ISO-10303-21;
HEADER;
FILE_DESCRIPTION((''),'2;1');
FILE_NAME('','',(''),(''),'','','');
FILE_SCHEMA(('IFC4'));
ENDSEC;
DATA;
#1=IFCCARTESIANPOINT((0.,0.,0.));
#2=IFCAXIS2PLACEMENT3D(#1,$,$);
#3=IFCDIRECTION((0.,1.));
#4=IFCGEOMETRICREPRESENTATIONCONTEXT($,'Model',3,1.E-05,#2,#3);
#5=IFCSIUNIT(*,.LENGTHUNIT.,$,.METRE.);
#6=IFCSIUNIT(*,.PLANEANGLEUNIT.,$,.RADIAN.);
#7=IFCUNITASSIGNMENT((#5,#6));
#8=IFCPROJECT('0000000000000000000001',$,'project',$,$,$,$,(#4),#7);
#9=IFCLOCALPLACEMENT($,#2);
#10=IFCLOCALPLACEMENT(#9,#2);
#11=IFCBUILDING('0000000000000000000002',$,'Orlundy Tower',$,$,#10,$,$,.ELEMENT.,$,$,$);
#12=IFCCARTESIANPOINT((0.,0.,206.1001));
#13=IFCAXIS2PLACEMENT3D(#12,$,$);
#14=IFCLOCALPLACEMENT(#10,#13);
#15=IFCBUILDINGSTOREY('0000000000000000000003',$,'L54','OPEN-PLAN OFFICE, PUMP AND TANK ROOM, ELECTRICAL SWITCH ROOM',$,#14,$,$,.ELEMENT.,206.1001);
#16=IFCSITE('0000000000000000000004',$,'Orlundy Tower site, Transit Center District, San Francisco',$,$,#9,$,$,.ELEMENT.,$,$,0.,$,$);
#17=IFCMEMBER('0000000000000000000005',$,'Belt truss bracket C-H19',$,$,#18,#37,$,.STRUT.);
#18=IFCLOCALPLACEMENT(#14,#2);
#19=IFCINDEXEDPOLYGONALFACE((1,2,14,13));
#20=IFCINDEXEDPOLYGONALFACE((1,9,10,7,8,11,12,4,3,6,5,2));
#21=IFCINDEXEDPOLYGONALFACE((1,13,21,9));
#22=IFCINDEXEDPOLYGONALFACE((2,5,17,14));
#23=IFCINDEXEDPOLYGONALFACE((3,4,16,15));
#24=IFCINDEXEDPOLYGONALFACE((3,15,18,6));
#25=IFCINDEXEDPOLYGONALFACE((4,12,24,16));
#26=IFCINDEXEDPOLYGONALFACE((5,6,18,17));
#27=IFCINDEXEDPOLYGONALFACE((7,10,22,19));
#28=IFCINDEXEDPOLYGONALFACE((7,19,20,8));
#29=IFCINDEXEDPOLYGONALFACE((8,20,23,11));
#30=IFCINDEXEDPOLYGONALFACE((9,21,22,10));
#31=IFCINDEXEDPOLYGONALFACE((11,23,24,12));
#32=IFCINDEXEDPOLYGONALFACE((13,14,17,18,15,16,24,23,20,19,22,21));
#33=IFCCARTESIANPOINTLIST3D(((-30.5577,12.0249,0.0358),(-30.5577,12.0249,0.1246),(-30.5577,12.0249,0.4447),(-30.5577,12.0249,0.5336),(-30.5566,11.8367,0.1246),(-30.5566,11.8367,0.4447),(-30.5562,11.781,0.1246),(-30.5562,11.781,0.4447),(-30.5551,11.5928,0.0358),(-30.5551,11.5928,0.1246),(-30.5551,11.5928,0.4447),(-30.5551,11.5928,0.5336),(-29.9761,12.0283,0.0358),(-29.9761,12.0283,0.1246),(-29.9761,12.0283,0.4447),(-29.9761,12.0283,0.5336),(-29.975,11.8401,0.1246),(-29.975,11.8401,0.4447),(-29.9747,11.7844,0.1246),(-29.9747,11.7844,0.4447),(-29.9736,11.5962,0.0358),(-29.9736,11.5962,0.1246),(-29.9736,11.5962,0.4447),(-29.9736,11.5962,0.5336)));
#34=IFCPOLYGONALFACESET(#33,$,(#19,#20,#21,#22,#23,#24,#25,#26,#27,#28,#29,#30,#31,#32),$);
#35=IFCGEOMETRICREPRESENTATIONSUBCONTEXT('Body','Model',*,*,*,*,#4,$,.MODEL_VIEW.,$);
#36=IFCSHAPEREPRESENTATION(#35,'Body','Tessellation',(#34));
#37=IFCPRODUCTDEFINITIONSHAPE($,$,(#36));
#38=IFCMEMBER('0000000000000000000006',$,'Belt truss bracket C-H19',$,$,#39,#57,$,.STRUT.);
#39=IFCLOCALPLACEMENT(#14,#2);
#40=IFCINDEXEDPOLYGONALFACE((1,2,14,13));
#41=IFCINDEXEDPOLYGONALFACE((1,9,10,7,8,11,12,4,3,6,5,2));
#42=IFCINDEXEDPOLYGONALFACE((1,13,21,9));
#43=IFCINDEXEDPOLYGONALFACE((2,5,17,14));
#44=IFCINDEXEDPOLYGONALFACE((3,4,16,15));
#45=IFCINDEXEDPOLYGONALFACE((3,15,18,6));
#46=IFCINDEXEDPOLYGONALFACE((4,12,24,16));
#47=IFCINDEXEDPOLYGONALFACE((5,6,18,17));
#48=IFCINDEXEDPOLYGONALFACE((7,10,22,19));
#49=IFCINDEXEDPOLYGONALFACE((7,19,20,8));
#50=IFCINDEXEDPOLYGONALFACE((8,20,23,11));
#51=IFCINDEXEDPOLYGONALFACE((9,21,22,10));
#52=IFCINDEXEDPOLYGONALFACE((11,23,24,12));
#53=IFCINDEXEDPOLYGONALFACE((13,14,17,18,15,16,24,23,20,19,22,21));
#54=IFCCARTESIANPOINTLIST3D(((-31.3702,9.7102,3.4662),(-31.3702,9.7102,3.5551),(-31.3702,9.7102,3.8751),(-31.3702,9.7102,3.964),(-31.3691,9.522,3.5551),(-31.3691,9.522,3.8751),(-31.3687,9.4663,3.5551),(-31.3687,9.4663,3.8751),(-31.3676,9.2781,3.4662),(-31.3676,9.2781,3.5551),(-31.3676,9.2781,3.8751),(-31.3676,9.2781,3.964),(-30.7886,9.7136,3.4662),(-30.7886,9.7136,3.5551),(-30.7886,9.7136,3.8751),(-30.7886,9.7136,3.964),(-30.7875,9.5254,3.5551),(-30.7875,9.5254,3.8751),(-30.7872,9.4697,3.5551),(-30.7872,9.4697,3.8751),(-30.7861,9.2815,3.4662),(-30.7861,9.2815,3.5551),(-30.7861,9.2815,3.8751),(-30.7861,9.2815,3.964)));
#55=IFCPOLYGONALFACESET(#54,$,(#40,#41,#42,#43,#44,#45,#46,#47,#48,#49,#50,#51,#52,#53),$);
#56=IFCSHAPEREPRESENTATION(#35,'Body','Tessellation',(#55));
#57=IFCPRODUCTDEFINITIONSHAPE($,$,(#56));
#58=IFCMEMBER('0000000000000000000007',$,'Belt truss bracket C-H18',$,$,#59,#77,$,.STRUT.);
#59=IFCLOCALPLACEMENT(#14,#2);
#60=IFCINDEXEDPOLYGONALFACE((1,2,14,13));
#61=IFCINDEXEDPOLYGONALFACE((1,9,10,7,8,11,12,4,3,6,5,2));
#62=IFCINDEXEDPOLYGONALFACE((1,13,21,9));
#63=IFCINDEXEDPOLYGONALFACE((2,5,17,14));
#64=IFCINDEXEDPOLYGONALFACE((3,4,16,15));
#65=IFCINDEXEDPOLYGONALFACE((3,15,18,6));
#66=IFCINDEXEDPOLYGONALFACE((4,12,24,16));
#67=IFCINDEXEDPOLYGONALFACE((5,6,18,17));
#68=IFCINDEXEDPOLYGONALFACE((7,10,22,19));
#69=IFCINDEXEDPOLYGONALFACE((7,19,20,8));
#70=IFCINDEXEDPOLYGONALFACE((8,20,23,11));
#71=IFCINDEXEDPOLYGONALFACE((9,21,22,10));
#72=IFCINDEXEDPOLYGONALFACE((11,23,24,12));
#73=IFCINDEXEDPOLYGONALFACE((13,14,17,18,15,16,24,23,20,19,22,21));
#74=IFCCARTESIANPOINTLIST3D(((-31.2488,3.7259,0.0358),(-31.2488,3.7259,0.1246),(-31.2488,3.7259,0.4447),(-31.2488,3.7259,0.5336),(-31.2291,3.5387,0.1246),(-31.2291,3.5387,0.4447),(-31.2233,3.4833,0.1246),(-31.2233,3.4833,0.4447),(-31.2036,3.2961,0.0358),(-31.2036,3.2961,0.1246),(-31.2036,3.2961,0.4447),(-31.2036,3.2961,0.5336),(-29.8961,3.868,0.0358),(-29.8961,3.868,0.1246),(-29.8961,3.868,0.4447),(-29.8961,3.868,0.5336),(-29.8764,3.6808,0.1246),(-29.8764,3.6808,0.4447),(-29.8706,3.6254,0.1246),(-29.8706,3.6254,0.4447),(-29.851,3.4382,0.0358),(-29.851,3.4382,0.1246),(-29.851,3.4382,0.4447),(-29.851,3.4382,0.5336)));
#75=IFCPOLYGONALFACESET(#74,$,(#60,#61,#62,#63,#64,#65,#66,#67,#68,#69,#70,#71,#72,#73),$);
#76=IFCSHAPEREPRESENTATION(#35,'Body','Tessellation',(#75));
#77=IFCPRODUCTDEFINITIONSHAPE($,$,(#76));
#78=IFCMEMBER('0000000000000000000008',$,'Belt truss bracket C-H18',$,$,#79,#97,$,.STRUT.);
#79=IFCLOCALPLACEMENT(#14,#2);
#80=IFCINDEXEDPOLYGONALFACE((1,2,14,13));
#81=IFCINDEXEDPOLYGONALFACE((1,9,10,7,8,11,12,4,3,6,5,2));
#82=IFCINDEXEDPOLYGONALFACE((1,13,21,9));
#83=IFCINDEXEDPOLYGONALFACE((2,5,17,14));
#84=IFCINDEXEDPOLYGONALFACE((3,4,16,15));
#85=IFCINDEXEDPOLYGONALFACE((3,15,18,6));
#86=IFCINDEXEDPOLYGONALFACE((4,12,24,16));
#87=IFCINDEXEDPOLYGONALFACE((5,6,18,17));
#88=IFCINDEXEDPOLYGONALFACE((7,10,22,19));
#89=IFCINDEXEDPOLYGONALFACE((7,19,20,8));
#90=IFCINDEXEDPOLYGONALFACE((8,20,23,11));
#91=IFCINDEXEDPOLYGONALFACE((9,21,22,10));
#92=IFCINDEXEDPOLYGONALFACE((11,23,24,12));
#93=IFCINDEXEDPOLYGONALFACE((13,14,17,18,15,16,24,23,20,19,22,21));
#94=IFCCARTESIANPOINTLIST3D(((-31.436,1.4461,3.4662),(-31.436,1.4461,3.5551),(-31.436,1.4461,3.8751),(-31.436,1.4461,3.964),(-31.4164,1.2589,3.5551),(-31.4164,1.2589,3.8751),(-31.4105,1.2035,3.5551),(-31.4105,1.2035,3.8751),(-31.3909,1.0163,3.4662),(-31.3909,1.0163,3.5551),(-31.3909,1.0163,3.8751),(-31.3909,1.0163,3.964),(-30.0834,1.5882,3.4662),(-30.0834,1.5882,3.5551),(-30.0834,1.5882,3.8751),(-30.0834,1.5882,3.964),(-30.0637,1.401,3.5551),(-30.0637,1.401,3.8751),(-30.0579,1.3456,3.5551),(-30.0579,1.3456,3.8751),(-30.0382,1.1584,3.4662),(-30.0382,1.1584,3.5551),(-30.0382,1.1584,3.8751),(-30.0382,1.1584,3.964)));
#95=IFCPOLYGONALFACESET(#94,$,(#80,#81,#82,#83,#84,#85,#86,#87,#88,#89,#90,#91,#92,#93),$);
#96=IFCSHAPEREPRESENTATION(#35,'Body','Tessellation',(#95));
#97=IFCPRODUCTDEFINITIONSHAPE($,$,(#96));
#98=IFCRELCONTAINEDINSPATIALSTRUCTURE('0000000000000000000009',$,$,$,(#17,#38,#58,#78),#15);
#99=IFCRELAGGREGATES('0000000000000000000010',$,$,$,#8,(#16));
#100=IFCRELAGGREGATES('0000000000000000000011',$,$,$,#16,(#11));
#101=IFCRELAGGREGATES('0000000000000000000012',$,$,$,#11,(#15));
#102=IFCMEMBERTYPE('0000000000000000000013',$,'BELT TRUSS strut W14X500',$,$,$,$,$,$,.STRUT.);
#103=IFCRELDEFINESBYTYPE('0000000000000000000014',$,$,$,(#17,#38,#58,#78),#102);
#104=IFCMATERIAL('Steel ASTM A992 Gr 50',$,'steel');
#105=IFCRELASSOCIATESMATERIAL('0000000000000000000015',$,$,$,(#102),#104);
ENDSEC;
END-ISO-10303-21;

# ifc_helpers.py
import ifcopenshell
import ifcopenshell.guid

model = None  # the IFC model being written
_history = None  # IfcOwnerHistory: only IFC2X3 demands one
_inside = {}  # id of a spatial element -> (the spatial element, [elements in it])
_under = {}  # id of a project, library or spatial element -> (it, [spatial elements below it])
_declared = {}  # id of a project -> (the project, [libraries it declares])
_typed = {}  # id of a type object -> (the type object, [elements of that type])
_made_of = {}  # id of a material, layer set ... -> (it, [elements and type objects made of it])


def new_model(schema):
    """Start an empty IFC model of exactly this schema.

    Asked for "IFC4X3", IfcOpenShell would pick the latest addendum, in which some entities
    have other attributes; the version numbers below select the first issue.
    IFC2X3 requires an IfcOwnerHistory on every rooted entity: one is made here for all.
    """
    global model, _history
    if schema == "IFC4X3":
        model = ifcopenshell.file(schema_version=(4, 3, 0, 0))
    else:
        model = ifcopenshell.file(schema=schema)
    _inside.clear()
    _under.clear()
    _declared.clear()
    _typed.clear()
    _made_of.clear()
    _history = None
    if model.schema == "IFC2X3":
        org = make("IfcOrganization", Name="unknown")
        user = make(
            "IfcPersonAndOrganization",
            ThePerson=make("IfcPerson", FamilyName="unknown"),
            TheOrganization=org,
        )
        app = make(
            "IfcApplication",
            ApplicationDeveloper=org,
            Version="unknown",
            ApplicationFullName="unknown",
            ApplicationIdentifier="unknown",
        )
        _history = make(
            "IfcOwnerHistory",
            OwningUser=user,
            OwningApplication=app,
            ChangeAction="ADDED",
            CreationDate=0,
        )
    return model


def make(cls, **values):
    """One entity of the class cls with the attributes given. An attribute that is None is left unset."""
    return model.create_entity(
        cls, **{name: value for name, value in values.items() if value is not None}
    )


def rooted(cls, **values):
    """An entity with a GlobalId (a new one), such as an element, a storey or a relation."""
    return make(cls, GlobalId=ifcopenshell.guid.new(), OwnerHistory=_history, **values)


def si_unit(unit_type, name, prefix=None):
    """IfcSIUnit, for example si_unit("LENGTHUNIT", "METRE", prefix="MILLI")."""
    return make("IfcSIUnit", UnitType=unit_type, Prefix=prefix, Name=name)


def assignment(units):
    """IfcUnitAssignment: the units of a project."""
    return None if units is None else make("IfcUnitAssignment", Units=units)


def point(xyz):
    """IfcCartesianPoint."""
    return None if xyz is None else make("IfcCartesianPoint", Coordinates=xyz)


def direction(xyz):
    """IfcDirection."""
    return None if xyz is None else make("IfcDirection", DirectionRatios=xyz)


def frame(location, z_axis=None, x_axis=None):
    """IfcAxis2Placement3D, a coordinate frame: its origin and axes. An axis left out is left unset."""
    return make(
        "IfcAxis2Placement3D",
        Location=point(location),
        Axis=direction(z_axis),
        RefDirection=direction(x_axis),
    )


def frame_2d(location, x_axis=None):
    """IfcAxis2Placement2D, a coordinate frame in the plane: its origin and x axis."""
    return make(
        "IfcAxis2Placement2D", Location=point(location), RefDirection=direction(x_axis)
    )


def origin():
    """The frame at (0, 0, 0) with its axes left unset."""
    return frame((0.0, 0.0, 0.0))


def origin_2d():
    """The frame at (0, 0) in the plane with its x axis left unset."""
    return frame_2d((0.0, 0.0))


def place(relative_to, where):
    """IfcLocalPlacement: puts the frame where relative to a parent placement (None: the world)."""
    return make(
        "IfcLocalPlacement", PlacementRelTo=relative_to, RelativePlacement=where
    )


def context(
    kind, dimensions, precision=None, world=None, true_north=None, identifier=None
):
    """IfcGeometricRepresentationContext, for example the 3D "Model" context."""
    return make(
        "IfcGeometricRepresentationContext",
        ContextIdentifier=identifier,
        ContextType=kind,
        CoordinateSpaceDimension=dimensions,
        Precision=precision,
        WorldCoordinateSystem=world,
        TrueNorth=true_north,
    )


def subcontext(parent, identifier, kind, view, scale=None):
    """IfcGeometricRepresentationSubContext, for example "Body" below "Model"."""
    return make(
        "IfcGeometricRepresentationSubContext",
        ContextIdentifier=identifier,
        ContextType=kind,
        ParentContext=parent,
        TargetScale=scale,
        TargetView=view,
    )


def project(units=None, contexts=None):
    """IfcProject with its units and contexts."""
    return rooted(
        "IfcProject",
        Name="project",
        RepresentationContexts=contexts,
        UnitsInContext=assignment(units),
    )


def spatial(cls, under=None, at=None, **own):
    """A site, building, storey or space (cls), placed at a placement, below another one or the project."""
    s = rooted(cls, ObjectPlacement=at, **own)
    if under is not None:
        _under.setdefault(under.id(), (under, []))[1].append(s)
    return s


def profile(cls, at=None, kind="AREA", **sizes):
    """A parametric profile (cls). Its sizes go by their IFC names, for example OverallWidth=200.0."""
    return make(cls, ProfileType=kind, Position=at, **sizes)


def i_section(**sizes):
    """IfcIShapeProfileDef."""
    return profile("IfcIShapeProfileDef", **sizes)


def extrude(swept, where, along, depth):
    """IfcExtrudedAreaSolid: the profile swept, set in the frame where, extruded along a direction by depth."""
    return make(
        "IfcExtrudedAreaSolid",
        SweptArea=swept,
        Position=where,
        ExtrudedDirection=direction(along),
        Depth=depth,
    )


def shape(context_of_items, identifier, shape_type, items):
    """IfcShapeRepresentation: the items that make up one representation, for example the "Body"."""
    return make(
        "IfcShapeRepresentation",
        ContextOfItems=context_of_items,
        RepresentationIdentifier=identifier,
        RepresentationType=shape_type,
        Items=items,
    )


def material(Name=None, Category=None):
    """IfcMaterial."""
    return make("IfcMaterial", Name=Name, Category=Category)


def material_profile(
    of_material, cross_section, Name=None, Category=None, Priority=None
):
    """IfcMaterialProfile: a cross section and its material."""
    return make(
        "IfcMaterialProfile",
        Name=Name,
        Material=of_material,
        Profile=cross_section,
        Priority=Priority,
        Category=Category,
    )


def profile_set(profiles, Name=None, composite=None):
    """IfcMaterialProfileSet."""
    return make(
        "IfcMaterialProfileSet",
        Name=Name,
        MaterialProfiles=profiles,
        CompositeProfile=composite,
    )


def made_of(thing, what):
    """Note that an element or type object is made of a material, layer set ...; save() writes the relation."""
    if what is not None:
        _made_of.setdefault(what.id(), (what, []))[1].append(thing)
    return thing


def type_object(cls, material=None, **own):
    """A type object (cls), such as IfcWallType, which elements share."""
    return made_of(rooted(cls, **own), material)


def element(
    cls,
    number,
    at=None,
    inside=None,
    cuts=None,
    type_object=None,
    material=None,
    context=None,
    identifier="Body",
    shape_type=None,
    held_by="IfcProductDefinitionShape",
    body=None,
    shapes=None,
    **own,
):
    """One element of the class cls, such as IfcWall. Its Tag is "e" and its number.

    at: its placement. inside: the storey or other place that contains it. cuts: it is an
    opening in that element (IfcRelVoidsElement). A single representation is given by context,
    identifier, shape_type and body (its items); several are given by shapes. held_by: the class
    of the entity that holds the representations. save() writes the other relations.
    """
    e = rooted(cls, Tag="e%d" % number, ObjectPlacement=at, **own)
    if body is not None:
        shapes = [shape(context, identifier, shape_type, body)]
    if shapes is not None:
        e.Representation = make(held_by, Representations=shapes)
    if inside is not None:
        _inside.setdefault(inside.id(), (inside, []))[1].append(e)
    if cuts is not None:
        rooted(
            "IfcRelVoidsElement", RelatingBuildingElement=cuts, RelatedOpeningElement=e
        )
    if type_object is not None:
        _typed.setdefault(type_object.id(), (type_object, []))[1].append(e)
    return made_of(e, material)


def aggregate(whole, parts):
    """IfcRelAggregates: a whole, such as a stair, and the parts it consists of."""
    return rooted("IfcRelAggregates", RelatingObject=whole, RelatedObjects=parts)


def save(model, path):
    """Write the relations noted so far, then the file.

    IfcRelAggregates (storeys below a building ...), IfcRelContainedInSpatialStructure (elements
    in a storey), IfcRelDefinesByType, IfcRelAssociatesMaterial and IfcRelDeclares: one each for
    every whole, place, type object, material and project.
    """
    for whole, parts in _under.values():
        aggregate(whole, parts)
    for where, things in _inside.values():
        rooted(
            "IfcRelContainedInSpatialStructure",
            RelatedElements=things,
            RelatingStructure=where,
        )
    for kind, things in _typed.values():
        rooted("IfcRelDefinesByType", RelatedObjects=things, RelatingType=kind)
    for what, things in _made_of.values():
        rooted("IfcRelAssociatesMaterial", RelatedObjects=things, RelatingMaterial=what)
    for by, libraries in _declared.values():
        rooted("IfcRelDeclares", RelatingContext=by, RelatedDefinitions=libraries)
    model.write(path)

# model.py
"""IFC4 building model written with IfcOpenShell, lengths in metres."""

from ifc_helpers import new_model, si_unit, direction, frame, origin, origin_2d, place, context, subcontext, project, spatial, i_section, extrude, material, material_profile, profile_set, type_object, element, save


model = new_model("IFC4")

# Units and contexts
model_context = context("Model", 3, precision=1e-05, world=origin(), true_north=direction((0.0, 1.0)))
body_context = subcontext(model_context, "Body", "Model", "MODEL_VIEW")
ifc_project = project(units=[si_unit("LENGTHUNIT", "METRE"), si_unit("PLANEANGLEUNIT", "RADIAN")], contexts=[model_context])

# Site, building, storey
site_placement = place(None, origin())
site = spatial("IfcSite", under=ifc_project, at=site_placement, Name="Orlundy Tower site, Transit Center District, San Francisco", CompositionType="ELEMENT", RefElevation=0.0)
building_placement = place(site_placement, origin())
building = spatial("IfcBuilding", under=site, at=building_placement, Name="Orlundy Tower", CompositionType="ELEMENT")
storey_placement = place(building_placement, frame((0.0, 0.0, 206.1001)))
storey = spatial("IfcBuildingStorey", under=building, at=storey_placement, Name="L54", Description="OPEN-PLAN OFFICE, PUMP AND TANK ROOM, ELECTRICAL SWITCH ROOM", CompositionType="ELEMENT", Elevation=206.1001)

# Members
ifc_material_1 = material(Name="Steel ASTM A992 Gr 50", Category="steel")
ifc_material_profile_1 = material_profile(ifc_material_1, i_section(OverallWidth=0.4321, OverallDepth=0.4978, WebThickness=0.0557, FlangeThickness=0.0889, at=origin_2d()), Name="W14X500")
ifc_profile_set_1 = profile_set([ifc_material_profile_1], Name="Steel ASTM A992 Gr 50")
member_type_1 = type_object("IfcMemberType", Name="BELT TRUSS strut W14X500", PredefinedType="STRUT", material=ifc_profile_set_1)
for number, where, z_axis, x_axis, name in (
    (1, (-29.9749, 11.8123, 0.2847), (-0.999983, -0.005877, 0.0), (0.005877, -0.999983, 0.0), "Belt truss bracket C-H19"),
    (2, (-30.7874, 9.4976, 3.7151), (-0.999983, -0.005877, 0.0), (0.005877, -0.999983, 0.0), "Belt truss bracket C-H19"),
):
    element("IfcMember", number, at=place(storey_placement, frame(where, z_axis=z_axis, x_axis=x_axis)), inside=storey, type_object=member_type_1, Name=name, PredefinedType="STRUT", context=body_context, shape_type="SweptSolid", body=[
        extrude(i_section(OverallWidth=0.4321, OverallDepth=0.4978, WebThickness=0.0557, FlangeThickness=0.0889, at=origin_2d()), origin(), (0.0, 0.0, 1.0), 0.5815),
    ])
for number, where, z_axis, x_axis, name in (
    (3, (-29.8735, 3.6531, 0.2847), (-0.994529, -0.104461, 0.0), (0.104461, -0.994529, 0.0), "Belt truss bracket C-H18"),
    (4, (-30.0608, 1.3733, 3.7151), (-0.994529, -0.104461, 0.0), (0.104461, -0.994529, 0.0), "Belt truss bracket C-H18"),
):
    element("IfcMember", number, at=place(storey_placement, frame(where, z_axis=z_axis, x_axis=x_axis)), inside=storey, type_object=member_type_1, Name=name, PredefinedType="STRUT", context=body_context, shape_type="SweptSolid", body=[
        extrude(i_section(OverallWidth=0.4321, OverallDepth=0.4978, WebThickness=0.0557, FlangeThickness=0.0889, at=origin_2d()), origin(), (0.0, 0.0, 1.0), 1.3601),
    ])

save(model, "model.ifc")
